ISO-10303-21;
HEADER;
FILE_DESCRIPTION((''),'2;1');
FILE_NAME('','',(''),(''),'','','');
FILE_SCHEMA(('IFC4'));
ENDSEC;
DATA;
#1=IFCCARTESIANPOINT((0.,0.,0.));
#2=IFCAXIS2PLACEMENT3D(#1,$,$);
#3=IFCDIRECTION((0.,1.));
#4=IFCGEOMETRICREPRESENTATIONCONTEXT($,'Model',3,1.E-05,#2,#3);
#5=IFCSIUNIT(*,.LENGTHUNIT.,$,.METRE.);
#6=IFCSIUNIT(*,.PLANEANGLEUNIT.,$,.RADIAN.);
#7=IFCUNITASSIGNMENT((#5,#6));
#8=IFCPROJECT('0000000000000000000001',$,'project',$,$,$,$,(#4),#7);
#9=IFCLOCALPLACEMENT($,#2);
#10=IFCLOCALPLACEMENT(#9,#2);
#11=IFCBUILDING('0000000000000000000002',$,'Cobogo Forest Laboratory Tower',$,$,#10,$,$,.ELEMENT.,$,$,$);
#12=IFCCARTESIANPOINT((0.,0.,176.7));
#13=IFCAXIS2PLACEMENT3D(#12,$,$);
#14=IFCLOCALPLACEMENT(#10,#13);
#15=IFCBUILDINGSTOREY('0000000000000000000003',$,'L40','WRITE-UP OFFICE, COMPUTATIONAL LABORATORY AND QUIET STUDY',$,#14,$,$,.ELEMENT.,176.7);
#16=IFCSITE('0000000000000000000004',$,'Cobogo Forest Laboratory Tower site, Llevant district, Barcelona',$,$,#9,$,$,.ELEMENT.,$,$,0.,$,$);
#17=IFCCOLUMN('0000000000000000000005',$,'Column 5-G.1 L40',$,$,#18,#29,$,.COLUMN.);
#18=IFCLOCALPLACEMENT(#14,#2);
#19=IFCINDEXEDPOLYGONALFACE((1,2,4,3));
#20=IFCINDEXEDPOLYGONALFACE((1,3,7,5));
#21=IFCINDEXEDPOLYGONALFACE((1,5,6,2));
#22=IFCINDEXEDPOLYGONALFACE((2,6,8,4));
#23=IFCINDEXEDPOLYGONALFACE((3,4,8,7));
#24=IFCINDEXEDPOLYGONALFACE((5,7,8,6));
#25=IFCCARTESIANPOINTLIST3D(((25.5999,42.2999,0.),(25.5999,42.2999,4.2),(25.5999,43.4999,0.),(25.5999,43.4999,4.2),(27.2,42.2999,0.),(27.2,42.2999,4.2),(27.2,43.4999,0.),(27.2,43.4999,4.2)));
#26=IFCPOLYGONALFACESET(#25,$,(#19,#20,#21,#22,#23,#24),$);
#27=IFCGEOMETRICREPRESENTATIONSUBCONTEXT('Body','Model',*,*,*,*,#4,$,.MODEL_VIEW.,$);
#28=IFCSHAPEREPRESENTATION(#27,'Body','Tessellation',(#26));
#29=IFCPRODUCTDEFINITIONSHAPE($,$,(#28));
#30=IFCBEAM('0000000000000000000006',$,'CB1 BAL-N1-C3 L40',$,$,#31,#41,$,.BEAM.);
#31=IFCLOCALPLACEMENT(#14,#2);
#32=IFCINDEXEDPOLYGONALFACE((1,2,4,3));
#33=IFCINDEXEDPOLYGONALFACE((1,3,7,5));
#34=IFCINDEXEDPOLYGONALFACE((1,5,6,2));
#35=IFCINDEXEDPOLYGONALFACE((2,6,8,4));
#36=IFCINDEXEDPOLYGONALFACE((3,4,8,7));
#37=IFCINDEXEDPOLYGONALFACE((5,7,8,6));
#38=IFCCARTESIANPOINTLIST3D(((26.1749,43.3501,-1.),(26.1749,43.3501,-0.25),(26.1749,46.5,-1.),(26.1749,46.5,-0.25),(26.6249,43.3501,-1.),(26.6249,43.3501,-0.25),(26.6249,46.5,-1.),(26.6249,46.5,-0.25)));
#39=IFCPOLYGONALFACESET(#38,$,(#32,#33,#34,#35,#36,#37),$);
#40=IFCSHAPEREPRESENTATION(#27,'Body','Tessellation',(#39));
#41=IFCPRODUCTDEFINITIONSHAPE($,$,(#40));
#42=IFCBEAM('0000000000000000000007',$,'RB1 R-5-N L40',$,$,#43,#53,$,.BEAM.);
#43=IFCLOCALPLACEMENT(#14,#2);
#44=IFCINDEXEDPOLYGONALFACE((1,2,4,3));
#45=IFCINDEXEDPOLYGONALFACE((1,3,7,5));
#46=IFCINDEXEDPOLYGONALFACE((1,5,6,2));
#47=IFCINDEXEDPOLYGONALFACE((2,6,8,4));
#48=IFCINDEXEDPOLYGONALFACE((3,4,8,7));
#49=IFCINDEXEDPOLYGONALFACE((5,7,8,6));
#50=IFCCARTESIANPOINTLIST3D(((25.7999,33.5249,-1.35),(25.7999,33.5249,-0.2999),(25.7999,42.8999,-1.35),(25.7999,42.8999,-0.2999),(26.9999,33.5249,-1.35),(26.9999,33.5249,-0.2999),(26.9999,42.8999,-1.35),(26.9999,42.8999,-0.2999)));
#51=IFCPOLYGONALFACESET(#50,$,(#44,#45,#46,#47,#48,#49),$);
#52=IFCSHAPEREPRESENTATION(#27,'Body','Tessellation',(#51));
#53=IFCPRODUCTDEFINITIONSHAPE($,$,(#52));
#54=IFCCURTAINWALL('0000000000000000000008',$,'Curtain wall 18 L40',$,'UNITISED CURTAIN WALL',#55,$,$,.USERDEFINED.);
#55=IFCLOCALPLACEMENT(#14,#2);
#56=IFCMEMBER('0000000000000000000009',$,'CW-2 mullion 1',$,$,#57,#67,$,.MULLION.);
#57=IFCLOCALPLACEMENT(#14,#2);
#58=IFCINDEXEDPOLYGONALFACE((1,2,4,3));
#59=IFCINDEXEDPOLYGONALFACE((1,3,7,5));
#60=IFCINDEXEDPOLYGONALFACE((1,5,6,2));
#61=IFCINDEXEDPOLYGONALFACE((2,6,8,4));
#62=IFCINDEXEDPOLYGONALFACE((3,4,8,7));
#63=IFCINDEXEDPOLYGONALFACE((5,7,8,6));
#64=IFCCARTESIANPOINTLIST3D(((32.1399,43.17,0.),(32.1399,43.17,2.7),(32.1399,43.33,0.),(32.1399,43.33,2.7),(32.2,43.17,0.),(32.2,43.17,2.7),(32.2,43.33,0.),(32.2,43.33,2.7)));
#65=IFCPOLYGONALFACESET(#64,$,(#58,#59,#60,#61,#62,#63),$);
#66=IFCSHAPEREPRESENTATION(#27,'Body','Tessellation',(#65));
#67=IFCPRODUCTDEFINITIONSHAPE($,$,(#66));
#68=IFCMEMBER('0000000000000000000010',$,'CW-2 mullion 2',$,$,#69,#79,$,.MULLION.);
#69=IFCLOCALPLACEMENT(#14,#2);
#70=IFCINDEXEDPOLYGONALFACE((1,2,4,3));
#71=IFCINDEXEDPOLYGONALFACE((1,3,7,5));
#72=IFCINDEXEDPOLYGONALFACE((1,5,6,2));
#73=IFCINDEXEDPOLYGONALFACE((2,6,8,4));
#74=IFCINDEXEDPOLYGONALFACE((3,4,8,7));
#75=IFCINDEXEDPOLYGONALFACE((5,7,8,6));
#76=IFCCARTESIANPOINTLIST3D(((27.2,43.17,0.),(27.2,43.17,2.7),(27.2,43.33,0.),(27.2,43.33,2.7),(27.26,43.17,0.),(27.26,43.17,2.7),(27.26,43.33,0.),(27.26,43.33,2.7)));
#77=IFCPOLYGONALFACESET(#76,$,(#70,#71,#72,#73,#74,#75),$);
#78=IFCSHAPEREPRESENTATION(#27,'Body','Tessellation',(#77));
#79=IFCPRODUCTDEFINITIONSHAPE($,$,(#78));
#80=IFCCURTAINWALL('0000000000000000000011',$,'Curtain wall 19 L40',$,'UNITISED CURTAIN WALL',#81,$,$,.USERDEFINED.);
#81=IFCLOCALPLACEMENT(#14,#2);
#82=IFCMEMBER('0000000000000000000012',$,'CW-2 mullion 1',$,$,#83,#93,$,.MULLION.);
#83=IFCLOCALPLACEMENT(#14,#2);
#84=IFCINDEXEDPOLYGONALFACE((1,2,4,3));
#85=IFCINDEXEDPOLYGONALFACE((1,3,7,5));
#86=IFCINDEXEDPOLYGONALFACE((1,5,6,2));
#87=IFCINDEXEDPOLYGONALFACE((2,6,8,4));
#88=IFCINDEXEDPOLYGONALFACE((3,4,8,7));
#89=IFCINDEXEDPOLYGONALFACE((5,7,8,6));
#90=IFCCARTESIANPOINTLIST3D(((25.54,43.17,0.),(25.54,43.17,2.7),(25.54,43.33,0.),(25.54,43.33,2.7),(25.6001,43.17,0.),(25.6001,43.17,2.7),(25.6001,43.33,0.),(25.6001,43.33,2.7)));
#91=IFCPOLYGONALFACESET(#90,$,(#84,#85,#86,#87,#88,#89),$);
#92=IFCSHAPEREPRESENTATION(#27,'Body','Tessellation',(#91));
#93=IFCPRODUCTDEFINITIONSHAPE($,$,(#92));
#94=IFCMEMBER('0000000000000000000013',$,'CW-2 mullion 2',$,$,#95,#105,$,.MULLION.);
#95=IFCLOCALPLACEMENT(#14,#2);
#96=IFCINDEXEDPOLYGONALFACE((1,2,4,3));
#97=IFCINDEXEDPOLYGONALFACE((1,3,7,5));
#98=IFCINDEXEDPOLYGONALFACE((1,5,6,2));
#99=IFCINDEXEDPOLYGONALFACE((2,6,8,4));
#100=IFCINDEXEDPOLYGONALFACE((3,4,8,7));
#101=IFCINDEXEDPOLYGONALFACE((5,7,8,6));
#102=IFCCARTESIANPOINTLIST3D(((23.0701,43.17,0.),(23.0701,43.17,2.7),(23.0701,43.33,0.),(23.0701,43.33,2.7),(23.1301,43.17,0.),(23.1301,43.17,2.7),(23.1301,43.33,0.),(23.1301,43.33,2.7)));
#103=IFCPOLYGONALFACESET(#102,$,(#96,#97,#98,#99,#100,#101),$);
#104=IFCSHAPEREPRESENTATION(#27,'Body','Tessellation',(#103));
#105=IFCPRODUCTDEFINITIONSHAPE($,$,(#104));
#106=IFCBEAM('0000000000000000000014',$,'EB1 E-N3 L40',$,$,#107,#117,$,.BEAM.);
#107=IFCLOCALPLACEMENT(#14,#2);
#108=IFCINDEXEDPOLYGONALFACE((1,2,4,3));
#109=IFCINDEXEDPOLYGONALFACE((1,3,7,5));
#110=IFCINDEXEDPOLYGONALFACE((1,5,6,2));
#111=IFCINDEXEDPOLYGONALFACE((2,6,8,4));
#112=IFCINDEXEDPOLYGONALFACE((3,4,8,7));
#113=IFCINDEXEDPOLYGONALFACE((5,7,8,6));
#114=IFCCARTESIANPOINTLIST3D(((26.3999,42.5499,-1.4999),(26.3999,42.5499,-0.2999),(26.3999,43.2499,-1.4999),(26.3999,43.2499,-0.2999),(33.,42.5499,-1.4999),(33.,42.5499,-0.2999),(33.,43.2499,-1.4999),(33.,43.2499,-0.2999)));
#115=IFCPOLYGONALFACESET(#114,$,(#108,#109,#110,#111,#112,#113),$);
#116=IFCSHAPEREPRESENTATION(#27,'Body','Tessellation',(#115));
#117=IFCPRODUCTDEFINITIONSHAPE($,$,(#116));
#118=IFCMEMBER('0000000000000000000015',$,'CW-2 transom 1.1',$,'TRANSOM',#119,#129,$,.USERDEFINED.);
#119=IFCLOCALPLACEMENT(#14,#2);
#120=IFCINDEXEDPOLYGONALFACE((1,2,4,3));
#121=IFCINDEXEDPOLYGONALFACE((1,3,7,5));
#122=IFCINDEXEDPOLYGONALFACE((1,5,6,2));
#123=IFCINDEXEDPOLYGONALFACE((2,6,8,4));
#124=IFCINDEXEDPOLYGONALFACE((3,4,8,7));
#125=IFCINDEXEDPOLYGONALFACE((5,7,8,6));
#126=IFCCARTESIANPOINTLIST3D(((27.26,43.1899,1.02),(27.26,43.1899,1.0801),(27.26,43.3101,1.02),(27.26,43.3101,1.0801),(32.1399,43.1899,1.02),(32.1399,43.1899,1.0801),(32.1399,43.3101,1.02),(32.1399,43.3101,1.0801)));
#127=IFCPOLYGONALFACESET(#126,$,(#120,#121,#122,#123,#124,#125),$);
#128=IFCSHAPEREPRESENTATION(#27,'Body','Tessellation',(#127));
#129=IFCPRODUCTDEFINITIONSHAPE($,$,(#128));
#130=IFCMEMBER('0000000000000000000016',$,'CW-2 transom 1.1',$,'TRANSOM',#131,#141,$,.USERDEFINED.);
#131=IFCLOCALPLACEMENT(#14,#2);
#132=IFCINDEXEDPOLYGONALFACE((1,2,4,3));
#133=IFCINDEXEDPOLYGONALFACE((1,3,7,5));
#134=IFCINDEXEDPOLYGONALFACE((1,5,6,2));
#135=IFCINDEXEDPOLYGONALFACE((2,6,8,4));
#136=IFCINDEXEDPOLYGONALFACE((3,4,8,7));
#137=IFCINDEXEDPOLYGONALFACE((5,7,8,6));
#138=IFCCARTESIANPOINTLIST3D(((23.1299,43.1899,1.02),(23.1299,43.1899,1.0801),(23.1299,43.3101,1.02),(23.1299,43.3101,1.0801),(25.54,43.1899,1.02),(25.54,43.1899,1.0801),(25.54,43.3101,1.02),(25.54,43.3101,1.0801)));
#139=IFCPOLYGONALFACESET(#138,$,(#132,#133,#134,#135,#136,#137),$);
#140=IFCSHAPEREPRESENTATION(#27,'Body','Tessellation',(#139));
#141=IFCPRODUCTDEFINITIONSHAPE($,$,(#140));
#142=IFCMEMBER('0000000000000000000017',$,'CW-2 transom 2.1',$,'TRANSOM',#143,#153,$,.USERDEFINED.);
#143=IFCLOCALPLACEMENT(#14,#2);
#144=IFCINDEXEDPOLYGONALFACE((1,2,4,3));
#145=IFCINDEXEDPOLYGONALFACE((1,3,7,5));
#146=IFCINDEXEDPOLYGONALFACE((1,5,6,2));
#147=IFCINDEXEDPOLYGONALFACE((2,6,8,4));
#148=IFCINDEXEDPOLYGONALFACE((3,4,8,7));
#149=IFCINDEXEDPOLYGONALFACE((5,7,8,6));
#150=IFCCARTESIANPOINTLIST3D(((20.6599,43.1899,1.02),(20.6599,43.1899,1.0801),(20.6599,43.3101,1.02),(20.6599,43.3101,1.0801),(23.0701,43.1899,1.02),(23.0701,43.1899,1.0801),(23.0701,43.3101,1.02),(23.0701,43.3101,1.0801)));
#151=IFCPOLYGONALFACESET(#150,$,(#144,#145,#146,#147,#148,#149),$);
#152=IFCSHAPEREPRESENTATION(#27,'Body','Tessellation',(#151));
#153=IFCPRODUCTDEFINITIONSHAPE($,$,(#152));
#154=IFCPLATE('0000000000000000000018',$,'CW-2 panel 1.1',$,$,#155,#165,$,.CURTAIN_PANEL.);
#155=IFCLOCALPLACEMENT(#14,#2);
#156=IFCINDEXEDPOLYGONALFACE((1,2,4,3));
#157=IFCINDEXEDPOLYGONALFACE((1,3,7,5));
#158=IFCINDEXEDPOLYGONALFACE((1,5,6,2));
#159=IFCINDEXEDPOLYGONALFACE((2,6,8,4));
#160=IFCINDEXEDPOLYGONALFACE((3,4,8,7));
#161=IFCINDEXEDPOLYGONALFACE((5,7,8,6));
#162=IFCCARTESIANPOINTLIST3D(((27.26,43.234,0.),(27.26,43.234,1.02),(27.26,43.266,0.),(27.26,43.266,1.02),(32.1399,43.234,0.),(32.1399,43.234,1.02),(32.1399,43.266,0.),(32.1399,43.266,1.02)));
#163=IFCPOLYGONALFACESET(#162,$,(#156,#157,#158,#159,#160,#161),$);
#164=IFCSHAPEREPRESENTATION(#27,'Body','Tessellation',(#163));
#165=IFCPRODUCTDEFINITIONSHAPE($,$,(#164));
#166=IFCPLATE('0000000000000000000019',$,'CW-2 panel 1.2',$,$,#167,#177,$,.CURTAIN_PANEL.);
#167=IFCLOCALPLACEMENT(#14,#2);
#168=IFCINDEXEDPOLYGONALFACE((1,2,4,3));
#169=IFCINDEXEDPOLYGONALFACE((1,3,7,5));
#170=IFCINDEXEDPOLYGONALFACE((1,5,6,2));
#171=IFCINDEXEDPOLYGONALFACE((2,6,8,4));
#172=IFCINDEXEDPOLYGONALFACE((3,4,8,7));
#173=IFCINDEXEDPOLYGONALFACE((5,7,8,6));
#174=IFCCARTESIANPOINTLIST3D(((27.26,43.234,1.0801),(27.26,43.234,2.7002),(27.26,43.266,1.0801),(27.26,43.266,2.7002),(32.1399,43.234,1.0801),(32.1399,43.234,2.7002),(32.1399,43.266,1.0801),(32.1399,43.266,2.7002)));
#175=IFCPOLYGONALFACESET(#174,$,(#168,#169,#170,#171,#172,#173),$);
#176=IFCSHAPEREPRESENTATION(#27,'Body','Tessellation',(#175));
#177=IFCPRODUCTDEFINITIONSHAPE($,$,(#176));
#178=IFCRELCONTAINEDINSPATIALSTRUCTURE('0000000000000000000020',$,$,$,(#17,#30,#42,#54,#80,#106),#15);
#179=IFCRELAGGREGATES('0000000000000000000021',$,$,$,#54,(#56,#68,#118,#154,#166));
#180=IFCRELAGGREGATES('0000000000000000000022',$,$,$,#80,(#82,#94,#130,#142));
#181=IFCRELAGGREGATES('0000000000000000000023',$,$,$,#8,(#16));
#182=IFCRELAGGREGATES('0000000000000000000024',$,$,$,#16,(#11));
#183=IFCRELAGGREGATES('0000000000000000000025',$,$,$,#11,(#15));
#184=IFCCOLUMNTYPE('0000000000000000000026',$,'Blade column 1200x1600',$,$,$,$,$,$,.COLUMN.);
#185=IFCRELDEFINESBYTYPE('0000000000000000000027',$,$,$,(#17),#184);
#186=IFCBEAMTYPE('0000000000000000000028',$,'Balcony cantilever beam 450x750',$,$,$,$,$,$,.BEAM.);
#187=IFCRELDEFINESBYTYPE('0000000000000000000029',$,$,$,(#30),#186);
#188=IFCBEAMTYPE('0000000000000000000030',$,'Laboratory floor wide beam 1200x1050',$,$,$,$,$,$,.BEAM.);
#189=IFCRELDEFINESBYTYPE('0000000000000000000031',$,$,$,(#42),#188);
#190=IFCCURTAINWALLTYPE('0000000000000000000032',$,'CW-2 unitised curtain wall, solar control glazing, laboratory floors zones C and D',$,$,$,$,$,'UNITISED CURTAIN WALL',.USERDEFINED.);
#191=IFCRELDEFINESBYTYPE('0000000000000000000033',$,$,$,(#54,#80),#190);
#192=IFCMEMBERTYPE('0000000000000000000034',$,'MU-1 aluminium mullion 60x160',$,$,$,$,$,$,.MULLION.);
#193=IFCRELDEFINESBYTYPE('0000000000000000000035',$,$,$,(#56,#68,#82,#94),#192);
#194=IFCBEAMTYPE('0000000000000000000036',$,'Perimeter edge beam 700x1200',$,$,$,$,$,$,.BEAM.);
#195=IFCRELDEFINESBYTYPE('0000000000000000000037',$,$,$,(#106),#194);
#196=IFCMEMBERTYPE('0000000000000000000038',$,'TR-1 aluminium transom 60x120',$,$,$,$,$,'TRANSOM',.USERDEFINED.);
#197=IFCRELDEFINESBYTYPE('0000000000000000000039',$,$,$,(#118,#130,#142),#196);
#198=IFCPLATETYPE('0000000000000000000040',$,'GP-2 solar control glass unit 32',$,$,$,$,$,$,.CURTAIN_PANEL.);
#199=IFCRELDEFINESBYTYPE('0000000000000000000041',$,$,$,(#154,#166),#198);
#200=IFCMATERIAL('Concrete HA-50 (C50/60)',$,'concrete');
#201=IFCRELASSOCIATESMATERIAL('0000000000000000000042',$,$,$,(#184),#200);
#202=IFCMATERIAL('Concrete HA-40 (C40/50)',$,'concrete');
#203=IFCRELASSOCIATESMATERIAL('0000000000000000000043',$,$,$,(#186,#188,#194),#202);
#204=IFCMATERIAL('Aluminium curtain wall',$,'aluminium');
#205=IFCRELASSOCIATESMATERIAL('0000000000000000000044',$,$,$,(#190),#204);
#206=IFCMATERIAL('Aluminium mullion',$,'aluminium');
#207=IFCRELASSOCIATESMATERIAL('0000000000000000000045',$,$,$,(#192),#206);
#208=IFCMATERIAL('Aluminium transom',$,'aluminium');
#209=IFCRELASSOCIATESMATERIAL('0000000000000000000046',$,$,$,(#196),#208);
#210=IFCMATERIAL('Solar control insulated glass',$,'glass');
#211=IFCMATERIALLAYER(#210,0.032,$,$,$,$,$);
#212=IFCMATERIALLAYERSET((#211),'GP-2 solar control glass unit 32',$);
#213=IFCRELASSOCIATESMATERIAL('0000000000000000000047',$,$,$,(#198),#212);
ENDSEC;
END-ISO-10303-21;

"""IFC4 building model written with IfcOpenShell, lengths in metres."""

from ifc_helpers import new_model, si_unit, direction, frame, origin, origin_2d, place, context, subcontext, project, spatial, rectangle, extrude, material, layer, layer_set, material_profile, profile_set, type_object, element, aggregate, save


model = new_model("IFC4")

# Units and contexts
model_context = context("Model", 3, precision=1e-05, world=origin(), true_north=direction((0.0, 1.0)))
body_context = subcontext(model_context, "Body", "Model", "MODEL_VIEW")
ifc_project = project(units=[si_unit("LENGTHUNIT", "METRE"), si_unit("PLANEANGLEUNIT", "RADIAN")], contexts=[model_context])

# Site, building, storey
site_placement = place(None, origin())
site = spatial("IfcSite", under=ifc_project, at=site_placement, Name="Cobogo Forest Laboratory Tower site, Llevant district, Barcelona", CompositionType="ELEMENT", RefElevation=0.0)
building_placement = place(site_placement, origin())
building = spatial("IfcBuilding", under=site, at=building_placement, Name="Cobogo Forest Laboratory Tower", CompositionType="ELEMENT")
storey_placement = place(building_placement, frame((0.0, 0.0, 176.7)))
storey = spatial("IfcBuildingStorey", under=building, at=storey_placement, Name="L40", Description="WRITE-UP OFFICE, COMPUTATIONAL LABORATORY AND QUIET STUDY", CompositionType="ELEMENT", Elevation=176.7)

# Column
ifc_material_1 = material(Name="Concrete HA-50 (C50/60)", Category="concrete")
ifc_material_profile_1 = material_profile(ifc_material_1, rectangle(XDim=1.6001, YDim=1.2, at=origin_2d()), Name="RC 1200x1600")
ifc_profile_set_1 = profile_set([ifc_material_profile_1], Name="Concrete HA-50 (C50/60)")
column_type = type_object("IfcColumnType", Name="Blade column 1200x1600", PredefinedType="COLUMN", material=ifc_profile_set_1)
column_placement = place(storey_placement, frame((26.3999, 42.8999, 0.0), z_axis=(0.0, 0.0, 1.0), x_axis=(1.0, 0.0, 0.0)))
element("IfcColumn", 1, at=column_placement, inside=storey, type_object=column_type, Name="Column 5-G.1 L40", PredefinedType="COLUMN", context=body_context, shape_type="SweptSolid", body=[
    extrude(rectangle(XDim=1.6001, YDim=1.2, at=origin_2d()), origin(), (0.0, 0.0, 1.0), 4.2),
])

# Beams
ifc_material_2 = material(Name="Concrete HA-40 (C40/50)", Category="concrete")
ifc_material_profile_2 = material_profile(ifc_material_2, rectangle(XDim=0.45, YDim=0.75, at=origin_2d()), Name="RC 450x750")
ifc_profile_set_2 = profile_set([ifc_material_profile_2], Name="Concrete HA-40 (C40/50)")
beam_type_1 = type_object("IfcBeamType", Name="Balcony cantilever beam 450x750", PredefinedType="BEAM", material=ifc_profile_set_2)
beam_1_placement = place(storey_placement, frame((26.3999, 43.3501, -0.625), z_axis=(0.0, 1.0, 0.0), x_axis=(-1.0, 0.0, 0.0)))
element("IfcBeam", 2, at=beam_1_placement, inside=storey, type_object=beam_type_1, Name="CB1 BAL-N1-C3 L40", PredefinedType="BEAM", context=body_context, shape_type="SweptSolid", body=[
    extrude(rectangle(XDim=0.45, YDim=0.75, at=origin_2d()), origin(), (0.0, 0.0, 1.0), 3.1499),
])
ifc_material_profile_3 = material_profile(ifc_material_2, rectangle(XDim=1.2, YDim=1.05, at=origin_2d()), Name="RC 1200x1050")
ifc_profile_set_3 = profile_set([ifc_material_profile_3], Name="Concrete HA-40 (C40/50)")
beam_type_2 = type_object("IfcBeamType", Name="Laboratory floor wide beam 1200x1050", PredefinedType="BEAM", material=ifc_profile_set_3)
beam_2_placement = place(storey_placement, frame((26.3999, 33.5249, -0.825), z_axis=(0.0, 1.0, 0.0), x_axis=(-1.0, 0.0, 0.0)))
element("IfcBeam", 3, at=beam_2_placement, inside=storey, type_object=beam_type_2, Name="RB1 R-5-N L40", PredefinedType="BEAM", context=body_context, shape_type="SweptSolid", body=[
    extrude(rectangle(XDim=1.2, YDim=1.05, at=origin_2d()), origin(), (0.0, 0.0, 1.0), 9.375),
])

# Curtain walls, members
ifc_material_3 = material(Name="Aluminium curtain wall", Category="aluminium")
curtain_wall_type = type_object("IfcCurtainWallType", Name="CW-2 unitised curtain wall, solar control glazing, laboratory floors zones C and D", ElementType="UNITISED CURTAIN WALL", PredefinedType="USERDEFINED", material=ifc_material_3)
curtain_wall_1_placement = place(storey_placement, origin())
curtain_wall_1 = element("IfcCurtainWall", 4, at=curtain_wall_1_placement, inside=storey, type_object=curtain_wall_type, Name="Curtain wall 18 L40", ObjectType="UNITISED CURTAIN WALL", PredefinedType="USERDEFINED")
ifc_material_4 = material(Name="Aluminium mullion", Category="aluminium")
ifc_material_profile_4 = material_profile(ifc_material_4, rectangle(XDim=0.0601, YDim=0.1599, at=origin_2d()), Name="AL 60x160")
ifc_profile_set_4 = profile_set([ifc_material_profile_4], Name="Aluminium mullion")
member_type_1 = type_object("IfcMemberType", Name="MU-1 aluminium mullion 60x160", PredefinedType="MULLION", material=ifc_profile_set_4)
member_1_placement = place(storey_placement, frame((32.1699, 43.25, 0.0), z_axis=(0.0, 0.0, 1.0), x_axis=(-1.0, 0.0, 0.0)))
member_1 = element("IfcMember", 5, at=member_1_placement, type_object=member_type_1, Name="CW-2 mullion 1", PredefinedType="MULLION", context=body_context, shape_type="SweptSolid", body=[
    extrude(rectangle(XDim=0.0601, YDim=0.1599, at=origin_2d()), origin(), (0.0, 0.0, 1.0), 2.7),
])
member_2_placement = place(storey_placement, frame((27.23, 43.25, 0.0), z_axis=(0.0, 0.0, 1.0), x_axis=(-1.0, 0.0, 0.0)))
member_2 = element("IfcMember", 6, at=member_2_placement, type_object=member_type_1, Name="CW-2 mullion 2", PredefinedType="MULLION", context=body_context, shape_type="SweptSolid", body=[
    extrude(rectangle(XDim=0.0601, YDim=0.1599, at=origin_2d()), origin(), (0.0, 0.0, 1.0), 2.7),
])
curtain_wall_2_placement = place(storey_placement, origin())
curtain_wall_2 = element("IfcCurtainWall", 7, at=curtain_wall_2_placement, inside=storey, type_object=curtain_wall_type, Name="Curtain wall 19 L40", ObjectType="UNITISED CURTAIN WALL", PredefinedType="USERDEFINED")
member_3_placement = place(storey_placement, frame((25.5701, 43.25, 0.0), z_axis=(0.0, 0.0, 1.0), x_axis=(-1.0, 0.0, 0.0)))
member_3 = element("IfcMember", 8, at=member_3_placement, type_object=member_type_1, Name="CW-2 mullion 1", PredefinedType="MULLION", context=body_context, shape_type="SweptSolid", body=[
    extrude(rectangle(XDim=0.0601, YDim=0.1599, at=origin_2d()), origin(), (0.0, 0.0, 1.0), 2.7),
])
member_4_placement = place(storey_placement, frame((23.1001, 43.25, 0.0), z_axis=(0.0, 0.0, 1.0), x_axis=(-1.0, 0.0, 0.0)))
member_4 = element("IfcMember", 9, at=member_4_placement, type_object=member_type_1, Name="CW-2 mullion 2", PredefinedType="MULLION", context=body_context, shape_type="SweptSolid", body=[
    extrude(rectangle(XDim=0.0601, YDim=0.1599, at=origin_2d()), origin(), (0.0, 0.0, 1.0), 2.7),
])

# Beam
ifc_material_profile_5 = material_profile(ifc_material_2, rectangle(XDim=0.7, YDim=1.2, at=origin_2d()), Name="RC 700x1200")
ifc_profile_set_5 = profile_set([ifc_material_profile_5], Name="Concrete HA-40 (C40/50)")
beam_type_3 = type_object("IfcBeamType", Name="Perimeter edge beam 700x1200", PredefinedType="BEAM", material=ifc_profile_set_5)
beam_3_placement = place(storey_placement, frame((26.3999, 42.8999, -0.8999), z_axis=(1.0, 0.0, 0.0), x_axis=(0.0, 1.0, 0.0)))
element("IfcBeam", 10, at=beam_3_placement, inside=storey, type_object=beam_type_3, Name="EB1 E-N3 L40", PredefinedType="BEAM", context=body_context, shape_type="SweptSolid", body=[
    extrude(rectangle(XDim=0.7, YDim=1.2, at=origin_2d()), origin(), (0.0, 0.0, 1.0), 6.6001),
])

# Members
ifc_material_5 = material(Name="Aluminium transom", Category="aluminium")
ifc_material_profile_6 = material_profile(ifc_material_5, rectangle(XDim=0.1201, YDim=0.0601, at=origin_2d()), Name="AL 60x120")
ifc_profile_set_6 = profile_set([ifc_material_profile_6], Name="Aluminium transom")
member_type_2 = type_object("IfcMemberType", Name="TR-1 aluminium transom 60x120", ElementType="TRANSOM", PredefinedType="USERDEFINED", material=ifc_profile_set_6)
member_5_placement = place(storey_placement, frame((32.1399, 43.25, 1.05), z_axis=(-1.0, 0.0, 0.0), x_axis=(0.0, -1.0, 0.0)))
member_5 = element("IfcMember", 11, at=member_5_placement, type_object=member_type_2, Name="CW-2 transom 1.1", ObjectType="TRANSOM", PredefinedType="USERDEFINED", context=body_context, shape_type="SweptSolid", body=[
    extrude(rectangle(XDim=0.1201, YDim=0.0601, at=origin_2d()), origin(), (0.0, 0.0, 1.0), 4.8799),
])
member_6_placement = place(storey_placement, frame((25.54, 43.25, 1.05), z_axis=(-1.0, 0.0, 0.0), x_axis=(0.0, -1.0, 0.0)))
member_6 = element("IfcMember", 12, at=member_6_placement, type_object=member_type_2, Name="CW-2 transom 1.1", ObjectType="TRANSOM", PredefinedType="USERDEFINED", context=body_context, shape_type="SweptSolid", body=[
    extrude(rectangle(XDim=0.1201, YDim=0.0601, at=origin_2d()), origin(), (0.0, 0.0, 1.0), 2.4102),
])
member_7_placement = place(storey_placement, frame((23.0701, 43.25, 1.05), z_axis=(-1.0, 0.0, 0.0), x_axis=(0.0, -1.0, 0.0)))
member_7 = element("IfcMember", 13, at=member_7_placement, type_object=member_type_2, Name="CW-2 transom 2.1", ObjectType="TRANSOM", PredefinedType="USERDEFINED", context=body_context, shape_type="SweptSolid", body=[
    extrude(rectangle(XDim=0.1201, YDim=0.0601, at=origin_2d()), origin(), (0.0, 0.0, 1.0), 2.4102),
])

# Plates
ifc_material_6 = material(Name="Solar control insulated glass", Category="glass")
ifc_layer_1 = layer(ifc_material_6, 0.032)
ifc_layer_set_1 = layer_set([ifc_layer_1], Name="GP-2 solar control glass unit 32")
plate_type_1 = type_object("IfcPlateType", Name="GP-2 solar control glass unit 32", PredefinedType="CURTAIN_PANEL", material=ifc_layer_set_1)
plate_1_placement = place(storey_placement, frame((29.7, 43.25, 0.0), z_axis=(0.0, 0.0, 1.0), x_axis=(-1.0, 0.0, 0.0)))
plate_1 = element("IfcPlate", 14, at=plate_1_placement, type_object=plate_type_1, Name="CW-2 panel 1.1", PredefinedType="CURTAIN_PANEL", context=body_context, shape_type="SweptSolid", body=[
    extrude(rectangle(XDim=4.8799, YDim=0.032, at=origin_2d()), origin(), (0.0, 0.0, 1.0), 1.02),
])
plate_2_placement = place(storey_placement, frame((29.7, 43.25, 1.0801), z_axis=(0.0, 0.0, 1.0), x_axis=(-1.0, 0.0, 0.0)))
plate_2 = element("IfcPlate", 15, at=plate_2_placement, type_object=plate_type_1, Name="CW-2 panel 1.2", PredefinedType="CURTAIN_PANEL", context=body_context, shape_type="SweptSolid", body=[
    extrude(rectangle(XDim=4.8799, YDim=0.032, at=origin_2d()), origin(), (0.0, 0.0, 1.0), 1.6201),
])
aggregate(curtain_wall_1, [member_1, member_2, member_5, plate_1, plate_2])
aggregate(curtain_wall_2, [member_3, member_4, member_6, member_7])

save(model, "model.ifc")
